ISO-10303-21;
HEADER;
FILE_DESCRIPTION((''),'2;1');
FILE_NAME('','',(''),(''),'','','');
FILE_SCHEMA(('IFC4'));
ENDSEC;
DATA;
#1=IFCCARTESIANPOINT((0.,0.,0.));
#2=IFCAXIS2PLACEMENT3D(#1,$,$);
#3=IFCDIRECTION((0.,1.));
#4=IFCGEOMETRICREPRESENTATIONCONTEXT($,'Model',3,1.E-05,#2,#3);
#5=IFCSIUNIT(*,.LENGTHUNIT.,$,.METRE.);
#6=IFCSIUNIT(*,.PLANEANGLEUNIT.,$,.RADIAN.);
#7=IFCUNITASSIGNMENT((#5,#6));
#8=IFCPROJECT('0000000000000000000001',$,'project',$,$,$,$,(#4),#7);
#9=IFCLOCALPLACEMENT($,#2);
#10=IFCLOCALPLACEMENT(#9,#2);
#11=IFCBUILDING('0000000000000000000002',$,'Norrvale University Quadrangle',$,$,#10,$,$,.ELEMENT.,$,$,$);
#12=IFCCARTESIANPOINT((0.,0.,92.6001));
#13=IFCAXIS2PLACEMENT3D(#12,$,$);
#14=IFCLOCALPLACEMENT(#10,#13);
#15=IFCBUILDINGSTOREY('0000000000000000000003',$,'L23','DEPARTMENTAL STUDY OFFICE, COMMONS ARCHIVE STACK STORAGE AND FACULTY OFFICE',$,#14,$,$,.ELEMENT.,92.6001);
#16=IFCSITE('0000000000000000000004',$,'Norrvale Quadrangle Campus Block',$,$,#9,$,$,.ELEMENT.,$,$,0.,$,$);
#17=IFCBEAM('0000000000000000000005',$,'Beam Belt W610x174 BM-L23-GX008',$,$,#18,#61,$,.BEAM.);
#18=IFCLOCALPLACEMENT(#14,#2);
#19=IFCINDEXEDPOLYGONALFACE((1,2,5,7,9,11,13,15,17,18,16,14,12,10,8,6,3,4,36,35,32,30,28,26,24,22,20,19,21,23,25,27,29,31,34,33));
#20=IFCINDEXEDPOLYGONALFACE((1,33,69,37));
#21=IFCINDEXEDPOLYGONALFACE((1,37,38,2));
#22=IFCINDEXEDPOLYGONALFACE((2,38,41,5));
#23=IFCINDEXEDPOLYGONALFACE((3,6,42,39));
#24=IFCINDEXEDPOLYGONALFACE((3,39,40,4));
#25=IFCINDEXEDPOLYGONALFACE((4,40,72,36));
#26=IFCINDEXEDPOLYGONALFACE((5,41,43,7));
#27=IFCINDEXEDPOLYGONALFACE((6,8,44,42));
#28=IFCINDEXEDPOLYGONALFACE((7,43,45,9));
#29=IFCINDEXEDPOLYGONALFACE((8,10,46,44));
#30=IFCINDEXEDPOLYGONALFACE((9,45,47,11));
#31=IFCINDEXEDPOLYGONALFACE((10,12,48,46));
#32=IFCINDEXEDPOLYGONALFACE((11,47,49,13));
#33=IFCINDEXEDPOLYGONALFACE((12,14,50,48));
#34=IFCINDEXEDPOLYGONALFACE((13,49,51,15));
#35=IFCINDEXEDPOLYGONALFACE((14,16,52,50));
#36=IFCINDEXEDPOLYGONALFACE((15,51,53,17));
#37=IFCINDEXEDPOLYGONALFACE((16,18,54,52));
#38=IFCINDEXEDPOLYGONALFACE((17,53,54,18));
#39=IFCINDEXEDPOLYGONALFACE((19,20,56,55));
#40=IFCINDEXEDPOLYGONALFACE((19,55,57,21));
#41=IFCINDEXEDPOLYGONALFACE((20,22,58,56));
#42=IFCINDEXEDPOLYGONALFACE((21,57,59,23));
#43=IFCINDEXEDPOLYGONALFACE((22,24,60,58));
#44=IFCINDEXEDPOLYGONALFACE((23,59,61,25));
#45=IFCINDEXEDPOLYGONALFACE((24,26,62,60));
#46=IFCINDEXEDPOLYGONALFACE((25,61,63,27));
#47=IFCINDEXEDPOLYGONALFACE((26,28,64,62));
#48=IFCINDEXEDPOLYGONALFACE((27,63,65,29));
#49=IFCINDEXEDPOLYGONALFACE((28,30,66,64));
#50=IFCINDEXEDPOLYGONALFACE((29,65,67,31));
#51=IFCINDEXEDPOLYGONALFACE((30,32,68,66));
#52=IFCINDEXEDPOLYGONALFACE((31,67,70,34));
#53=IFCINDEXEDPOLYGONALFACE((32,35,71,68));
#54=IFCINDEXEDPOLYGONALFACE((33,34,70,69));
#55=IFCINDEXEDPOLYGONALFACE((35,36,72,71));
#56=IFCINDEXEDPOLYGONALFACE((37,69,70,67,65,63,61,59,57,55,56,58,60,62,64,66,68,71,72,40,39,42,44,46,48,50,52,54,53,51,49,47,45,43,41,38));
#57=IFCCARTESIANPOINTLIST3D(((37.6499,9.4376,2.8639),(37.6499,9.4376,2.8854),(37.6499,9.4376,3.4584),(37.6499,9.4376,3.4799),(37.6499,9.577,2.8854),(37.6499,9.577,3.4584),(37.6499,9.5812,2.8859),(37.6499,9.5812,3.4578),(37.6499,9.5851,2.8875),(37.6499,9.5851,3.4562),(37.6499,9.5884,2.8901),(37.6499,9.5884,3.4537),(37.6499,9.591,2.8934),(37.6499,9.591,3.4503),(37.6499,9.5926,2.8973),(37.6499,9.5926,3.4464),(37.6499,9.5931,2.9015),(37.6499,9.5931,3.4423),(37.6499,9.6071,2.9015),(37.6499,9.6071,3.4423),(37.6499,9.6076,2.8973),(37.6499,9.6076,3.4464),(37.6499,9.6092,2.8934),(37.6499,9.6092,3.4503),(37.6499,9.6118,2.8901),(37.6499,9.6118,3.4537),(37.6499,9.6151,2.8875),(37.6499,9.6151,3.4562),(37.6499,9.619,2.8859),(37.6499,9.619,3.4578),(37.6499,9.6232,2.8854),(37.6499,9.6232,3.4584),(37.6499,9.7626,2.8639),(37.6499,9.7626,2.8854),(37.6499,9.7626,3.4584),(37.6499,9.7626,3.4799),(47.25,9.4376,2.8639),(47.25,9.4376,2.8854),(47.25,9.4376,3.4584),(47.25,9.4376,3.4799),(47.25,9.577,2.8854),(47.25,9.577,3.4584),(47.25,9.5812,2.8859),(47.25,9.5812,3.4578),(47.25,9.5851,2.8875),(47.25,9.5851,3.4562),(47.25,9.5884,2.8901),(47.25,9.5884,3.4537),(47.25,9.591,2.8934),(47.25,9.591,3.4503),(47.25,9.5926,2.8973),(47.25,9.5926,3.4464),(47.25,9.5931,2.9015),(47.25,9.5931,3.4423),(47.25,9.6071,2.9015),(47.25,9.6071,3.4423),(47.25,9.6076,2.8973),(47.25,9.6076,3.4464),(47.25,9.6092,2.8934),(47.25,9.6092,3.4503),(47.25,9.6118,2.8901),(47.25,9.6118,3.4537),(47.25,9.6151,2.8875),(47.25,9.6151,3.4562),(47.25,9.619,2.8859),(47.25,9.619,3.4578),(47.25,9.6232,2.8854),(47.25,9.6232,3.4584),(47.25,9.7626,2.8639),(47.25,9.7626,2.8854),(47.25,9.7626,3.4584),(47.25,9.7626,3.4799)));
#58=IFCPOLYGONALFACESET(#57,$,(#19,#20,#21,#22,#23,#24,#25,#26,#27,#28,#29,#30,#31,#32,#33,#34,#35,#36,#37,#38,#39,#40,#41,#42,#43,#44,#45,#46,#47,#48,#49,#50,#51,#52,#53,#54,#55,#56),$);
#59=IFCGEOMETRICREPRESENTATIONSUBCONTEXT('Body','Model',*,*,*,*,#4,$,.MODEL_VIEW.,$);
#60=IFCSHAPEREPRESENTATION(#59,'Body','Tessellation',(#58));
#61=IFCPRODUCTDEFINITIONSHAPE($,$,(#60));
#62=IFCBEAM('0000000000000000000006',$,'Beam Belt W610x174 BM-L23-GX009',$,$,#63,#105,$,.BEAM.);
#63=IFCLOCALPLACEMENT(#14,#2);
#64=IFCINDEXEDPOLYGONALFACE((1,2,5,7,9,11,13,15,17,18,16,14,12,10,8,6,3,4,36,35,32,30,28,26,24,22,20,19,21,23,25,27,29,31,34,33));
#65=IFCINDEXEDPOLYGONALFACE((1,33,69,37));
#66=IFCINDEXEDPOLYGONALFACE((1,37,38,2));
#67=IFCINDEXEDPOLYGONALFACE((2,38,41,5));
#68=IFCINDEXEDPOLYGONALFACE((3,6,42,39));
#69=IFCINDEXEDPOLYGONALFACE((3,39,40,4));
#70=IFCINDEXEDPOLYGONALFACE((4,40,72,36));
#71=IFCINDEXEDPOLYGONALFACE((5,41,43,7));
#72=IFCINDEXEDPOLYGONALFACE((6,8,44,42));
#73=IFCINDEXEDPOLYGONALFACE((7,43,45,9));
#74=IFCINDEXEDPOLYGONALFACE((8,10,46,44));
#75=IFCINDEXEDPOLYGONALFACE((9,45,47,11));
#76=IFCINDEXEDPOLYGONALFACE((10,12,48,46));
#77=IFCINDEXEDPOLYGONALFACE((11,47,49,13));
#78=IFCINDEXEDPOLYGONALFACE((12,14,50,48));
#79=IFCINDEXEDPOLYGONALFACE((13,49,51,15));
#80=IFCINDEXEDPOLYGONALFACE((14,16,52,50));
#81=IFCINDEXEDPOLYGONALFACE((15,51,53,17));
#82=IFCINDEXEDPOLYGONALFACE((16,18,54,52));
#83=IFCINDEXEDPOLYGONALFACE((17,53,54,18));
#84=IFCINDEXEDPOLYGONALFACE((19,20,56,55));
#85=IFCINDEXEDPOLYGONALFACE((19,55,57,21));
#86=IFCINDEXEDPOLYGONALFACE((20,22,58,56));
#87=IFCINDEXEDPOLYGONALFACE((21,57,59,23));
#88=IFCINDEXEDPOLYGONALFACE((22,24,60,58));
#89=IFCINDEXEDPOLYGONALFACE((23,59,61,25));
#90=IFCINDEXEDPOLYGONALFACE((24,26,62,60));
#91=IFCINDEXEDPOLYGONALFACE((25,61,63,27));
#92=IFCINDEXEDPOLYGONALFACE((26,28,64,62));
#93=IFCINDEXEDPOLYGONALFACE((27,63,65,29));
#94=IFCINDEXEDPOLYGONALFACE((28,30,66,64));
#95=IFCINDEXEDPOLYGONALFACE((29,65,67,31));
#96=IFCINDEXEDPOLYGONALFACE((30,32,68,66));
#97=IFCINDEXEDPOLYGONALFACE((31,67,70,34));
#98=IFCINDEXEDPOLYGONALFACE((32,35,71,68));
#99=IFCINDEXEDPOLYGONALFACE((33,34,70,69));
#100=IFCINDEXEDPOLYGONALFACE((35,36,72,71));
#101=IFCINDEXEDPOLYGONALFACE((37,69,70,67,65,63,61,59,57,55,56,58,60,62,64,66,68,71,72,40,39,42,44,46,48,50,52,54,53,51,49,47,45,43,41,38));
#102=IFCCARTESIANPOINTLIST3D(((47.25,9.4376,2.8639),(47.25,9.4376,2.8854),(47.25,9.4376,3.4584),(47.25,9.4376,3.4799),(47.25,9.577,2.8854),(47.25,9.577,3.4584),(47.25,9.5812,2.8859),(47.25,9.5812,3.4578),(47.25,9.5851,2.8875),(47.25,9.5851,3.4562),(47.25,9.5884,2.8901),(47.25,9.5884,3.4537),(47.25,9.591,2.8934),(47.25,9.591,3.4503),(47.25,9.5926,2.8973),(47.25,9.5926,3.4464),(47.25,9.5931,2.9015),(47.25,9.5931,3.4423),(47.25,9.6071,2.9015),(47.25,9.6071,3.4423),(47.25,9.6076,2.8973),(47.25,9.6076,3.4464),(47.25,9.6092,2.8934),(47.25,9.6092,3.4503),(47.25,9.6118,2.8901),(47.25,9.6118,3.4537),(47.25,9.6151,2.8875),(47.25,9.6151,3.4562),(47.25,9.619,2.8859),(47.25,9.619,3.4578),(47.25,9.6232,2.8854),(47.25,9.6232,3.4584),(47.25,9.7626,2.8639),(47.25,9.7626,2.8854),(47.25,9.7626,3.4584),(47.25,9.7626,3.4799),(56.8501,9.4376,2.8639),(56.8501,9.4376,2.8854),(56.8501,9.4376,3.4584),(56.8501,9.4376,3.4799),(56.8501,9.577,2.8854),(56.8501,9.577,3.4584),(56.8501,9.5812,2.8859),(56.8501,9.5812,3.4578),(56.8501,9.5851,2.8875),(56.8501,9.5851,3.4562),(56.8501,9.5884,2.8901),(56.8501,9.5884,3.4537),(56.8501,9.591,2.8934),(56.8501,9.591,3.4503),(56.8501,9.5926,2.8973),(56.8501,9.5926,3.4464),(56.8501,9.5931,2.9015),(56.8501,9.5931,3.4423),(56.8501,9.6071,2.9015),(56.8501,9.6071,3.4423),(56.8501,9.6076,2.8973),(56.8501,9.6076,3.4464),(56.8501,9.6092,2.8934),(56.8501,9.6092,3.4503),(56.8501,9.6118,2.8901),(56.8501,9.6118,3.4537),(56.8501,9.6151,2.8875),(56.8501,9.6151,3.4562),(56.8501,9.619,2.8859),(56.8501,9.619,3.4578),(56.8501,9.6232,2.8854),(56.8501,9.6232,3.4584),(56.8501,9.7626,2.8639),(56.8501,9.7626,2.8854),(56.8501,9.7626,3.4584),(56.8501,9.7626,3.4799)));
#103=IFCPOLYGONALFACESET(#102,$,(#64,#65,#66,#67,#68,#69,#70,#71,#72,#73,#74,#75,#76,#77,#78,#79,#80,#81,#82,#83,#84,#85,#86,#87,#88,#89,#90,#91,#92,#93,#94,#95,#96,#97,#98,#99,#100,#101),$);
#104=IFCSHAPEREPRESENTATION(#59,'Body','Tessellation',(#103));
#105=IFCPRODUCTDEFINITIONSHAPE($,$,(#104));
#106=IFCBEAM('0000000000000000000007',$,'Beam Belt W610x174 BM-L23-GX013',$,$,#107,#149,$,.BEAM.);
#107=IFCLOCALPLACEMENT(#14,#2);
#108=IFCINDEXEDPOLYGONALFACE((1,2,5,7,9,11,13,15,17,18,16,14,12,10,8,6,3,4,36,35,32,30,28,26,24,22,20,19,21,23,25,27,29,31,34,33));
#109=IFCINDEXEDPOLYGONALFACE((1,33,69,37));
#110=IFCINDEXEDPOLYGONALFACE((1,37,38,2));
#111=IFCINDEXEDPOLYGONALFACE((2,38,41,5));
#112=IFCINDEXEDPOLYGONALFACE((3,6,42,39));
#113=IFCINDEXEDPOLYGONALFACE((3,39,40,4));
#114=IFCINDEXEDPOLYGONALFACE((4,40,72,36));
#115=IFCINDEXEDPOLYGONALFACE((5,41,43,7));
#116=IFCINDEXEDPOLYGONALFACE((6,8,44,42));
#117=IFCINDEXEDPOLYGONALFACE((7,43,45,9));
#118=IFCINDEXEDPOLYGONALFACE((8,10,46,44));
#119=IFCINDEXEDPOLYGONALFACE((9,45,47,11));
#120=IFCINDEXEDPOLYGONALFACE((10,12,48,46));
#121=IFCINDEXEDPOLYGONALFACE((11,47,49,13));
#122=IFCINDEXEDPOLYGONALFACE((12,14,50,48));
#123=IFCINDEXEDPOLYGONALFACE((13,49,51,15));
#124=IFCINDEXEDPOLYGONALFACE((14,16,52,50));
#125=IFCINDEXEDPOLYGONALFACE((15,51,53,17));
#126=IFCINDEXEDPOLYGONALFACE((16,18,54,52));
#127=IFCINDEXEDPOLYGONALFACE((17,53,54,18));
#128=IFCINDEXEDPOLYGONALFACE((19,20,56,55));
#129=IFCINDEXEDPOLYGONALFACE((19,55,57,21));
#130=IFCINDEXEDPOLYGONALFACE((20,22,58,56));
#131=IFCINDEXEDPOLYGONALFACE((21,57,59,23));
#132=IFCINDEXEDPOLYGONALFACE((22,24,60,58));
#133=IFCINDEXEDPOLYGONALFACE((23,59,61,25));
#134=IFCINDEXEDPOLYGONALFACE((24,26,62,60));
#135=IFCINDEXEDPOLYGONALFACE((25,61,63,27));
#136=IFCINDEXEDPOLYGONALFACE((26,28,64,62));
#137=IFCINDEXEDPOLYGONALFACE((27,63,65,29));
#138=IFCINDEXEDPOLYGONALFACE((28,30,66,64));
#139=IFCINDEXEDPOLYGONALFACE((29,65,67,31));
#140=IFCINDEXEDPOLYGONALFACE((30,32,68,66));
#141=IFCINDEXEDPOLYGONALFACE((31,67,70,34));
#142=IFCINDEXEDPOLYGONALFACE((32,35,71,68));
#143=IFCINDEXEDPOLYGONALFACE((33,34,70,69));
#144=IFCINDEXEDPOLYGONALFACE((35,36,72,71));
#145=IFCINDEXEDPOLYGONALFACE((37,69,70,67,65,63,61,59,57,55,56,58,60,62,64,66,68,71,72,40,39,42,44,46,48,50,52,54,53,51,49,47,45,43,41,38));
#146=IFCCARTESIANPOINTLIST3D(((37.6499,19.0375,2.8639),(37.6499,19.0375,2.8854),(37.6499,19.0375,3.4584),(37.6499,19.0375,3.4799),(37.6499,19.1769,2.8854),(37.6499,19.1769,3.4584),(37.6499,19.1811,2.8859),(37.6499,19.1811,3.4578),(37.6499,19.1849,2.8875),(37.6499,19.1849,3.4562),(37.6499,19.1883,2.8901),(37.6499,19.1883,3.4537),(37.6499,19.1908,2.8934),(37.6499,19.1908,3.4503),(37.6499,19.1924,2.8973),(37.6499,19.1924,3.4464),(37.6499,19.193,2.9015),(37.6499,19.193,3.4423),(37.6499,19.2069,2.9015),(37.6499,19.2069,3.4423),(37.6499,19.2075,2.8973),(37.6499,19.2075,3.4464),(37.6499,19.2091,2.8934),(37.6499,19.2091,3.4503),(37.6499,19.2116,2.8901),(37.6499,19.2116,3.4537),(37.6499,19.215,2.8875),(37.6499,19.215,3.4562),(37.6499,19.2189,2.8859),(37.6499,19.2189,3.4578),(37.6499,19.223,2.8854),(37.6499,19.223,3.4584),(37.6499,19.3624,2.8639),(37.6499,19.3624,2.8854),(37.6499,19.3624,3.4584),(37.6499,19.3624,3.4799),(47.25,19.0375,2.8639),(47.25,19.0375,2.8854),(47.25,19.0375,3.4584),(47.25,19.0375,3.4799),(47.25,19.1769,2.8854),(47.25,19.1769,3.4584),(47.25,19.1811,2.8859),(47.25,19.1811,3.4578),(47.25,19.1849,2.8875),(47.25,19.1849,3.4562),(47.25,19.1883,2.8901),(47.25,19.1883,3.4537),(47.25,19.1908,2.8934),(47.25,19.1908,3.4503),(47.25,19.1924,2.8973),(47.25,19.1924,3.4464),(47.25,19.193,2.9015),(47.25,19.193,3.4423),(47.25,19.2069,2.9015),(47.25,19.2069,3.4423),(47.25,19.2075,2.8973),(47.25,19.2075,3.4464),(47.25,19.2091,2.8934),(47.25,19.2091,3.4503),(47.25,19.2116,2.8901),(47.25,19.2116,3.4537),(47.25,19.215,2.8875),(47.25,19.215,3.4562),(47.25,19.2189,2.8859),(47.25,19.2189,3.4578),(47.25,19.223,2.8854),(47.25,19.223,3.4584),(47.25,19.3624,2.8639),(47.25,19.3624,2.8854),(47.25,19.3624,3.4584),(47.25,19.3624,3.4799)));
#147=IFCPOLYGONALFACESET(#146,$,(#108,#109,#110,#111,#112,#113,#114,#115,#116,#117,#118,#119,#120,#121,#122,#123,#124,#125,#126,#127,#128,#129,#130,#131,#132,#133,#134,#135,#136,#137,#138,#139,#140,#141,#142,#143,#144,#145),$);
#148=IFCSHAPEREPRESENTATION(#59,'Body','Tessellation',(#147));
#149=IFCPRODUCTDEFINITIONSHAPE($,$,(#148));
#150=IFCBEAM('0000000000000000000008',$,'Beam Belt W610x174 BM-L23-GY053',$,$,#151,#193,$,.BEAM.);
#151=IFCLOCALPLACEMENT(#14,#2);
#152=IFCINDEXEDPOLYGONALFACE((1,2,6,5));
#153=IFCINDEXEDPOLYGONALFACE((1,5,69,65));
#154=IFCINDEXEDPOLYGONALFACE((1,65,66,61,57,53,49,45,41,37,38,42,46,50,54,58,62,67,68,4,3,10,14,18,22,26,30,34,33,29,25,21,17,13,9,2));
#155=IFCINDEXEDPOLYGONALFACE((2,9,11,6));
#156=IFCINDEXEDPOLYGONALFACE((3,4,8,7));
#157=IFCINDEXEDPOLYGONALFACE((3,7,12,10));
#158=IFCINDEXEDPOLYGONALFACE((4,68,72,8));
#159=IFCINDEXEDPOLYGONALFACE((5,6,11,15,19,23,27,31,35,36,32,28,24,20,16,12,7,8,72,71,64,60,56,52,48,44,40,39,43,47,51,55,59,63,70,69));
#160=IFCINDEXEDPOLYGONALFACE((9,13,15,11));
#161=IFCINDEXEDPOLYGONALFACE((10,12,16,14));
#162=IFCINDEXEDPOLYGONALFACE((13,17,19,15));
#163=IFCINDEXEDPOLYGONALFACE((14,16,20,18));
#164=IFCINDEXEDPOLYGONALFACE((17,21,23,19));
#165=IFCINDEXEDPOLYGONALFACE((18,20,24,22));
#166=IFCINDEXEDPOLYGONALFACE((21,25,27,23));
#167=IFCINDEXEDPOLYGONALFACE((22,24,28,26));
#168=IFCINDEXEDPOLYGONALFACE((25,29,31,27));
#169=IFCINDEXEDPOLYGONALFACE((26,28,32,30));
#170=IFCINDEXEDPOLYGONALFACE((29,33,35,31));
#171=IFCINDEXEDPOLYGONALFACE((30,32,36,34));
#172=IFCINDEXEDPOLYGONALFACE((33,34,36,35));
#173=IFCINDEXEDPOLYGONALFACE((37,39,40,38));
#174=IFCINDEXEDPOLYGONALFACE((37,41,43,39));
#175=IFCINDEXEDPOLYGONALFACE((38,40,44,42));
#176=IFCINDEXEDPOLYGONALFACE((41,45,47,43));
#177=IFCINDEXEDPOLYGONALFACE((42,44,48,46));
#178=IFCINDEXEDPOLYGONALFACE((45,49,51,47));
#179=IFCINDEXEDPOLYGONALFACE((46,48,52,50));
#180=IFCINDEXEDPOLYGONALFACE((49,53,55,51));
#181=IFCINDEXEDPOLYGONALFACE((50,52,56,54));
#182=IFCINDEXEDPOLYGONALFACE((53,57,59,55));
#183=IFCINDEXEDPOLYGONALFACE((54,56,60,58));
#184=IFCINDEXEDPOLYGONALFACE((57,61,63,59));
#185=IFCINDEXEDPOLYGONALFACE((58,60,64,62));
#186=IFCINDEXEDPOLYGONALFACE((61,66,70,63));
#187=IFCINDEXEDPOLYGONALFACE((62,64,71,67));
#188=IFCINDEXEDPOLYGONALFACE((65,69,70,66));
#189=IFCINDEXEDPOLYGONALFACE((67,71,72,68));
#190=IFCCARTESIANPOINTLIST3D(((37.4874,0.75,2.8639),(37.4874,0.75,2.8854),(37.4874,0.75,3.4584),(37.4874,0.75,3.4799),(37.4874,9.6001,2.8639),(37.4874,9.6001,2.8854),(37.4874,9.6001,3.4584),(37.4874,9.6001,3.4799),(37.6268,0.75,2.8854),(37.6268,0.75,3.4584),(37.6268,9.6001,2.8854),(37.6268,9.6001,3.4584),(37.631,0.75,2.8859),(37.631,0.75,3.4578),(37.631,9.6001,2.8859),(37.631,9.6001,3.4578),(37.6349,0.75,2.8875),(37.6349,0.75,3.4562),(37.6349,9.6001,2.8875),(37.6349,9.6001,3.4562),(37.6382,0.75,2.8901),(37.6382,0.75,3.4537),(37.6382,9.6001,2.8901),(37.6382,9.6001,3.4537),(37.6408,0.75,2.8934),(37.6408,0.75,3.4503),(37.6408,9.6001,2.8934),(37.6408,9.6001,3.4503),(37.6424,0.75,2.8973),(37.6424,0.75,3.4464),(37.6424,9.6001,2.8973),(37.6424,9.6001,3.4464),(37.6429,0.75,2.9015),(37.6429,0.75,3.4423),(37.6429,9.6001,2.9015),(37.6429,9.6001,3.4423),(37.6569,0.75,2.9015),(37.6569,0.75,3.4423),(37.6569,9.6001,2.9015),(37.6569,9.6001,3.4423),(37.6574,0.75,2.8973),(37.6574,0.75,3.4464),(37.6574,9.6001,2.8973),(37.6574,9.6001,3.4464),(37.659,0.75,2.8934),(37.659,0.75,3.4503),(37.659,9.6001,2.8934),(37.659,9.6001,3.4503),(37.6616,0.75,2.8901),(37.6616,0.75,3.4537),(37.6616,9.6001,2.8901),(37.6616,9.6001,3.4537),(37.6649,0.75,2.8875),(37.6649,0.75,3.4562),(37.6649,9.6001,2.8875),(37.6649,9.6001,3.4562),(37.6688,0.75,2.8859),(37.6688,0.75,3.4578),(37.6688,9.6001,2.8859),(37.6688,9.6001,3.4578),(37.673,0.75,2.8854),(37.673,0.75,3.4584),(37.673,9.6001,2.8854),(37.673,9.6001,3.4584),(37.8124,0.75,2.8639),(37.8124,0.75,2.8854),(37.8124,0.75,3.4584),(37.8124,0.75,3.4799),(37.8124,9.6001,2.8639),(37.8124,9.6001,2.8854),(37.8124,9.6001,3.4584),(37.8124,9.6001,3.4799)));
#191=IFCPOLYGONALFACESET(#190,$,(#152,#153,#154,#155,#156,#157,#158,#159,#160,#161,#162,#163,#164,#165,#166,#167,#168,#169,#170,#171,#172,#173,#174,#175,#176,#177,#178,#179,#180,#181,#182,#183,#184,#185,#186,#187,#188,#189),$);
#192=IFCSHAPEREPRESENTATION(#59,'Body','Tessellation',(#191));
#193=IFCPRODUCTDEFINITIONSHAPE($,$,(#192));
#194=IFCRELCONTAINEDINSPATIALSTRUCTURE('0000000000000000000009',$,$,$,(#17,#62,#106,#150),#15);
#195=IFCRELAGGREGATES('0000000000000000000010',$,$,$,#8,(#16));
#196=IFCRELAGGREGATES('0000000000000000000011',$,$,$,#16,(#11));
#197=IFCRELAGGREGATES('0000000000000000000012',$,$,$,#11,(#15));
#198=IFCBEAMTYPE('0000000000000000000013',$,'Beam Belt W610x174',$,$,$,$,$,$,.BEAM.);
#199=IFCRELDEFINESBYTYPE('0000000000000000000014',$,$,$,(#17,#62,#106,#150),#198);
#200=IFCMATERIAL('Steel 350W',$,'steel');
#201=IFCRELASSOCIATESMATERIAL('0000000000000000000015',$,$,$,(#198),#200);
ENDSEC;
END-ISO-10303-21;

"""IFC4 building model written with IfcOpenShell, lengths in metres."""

from ifc_helpers import new_model, si_unit, direction, frame, origin, origin_2d, place, context, subcontext, project, spatial, i_section, extrude, material, material_profile, profile_set, type_object, element, save


model = new_model("IFC4")

# Units and contexts
model_context = context("Model", 3, precision=1e-05, world=origin(), true_north=direction((0.0, 1.0)))
body_context = subcontext(model_context, "Body", "Model", "MODEL_VIEW")
ifc_project = project(units=[si_unit("LENGTHUNIT", "METRE"), si_unit("PLANEANGLEUNIT", "RADIAN")], contexts=[model_context])

# Site, building, storey
site_placement = place(None, origin())
site = spatial("IfcSite", under=ifc_project, at=site_placement, Name="Norrvale Quadrangle Campus Block", CompositionType="ELEMENT", RefElevation=0.0)
building_placement = place(site_placement, origin())
building = spatial("IfcBuilding", under=site, at=building_placement, Name="Norrvale University Quadrangle", CompositionType="ELEMENT")
storey_placement = place(building_placement, frame((0.0, 0.0, 92.6001)))
storey = spatial("IfcBuildingStorey", under=building, at=storey_placement, Name="L23", Description="DEPARTMENTAL STUDY OFFICE, COMMONS ARCHIVE STACK STORAGE AND FACULTY OFFICE", CompositionType="ELEMENT", Elevation=92.6001)

# Beams
ifc_material_1 = material(Name="Steel 350W", Category="steel")
ifc_material_profile_1 = material_profile(ifc_material_1, i_section(OverallWidth=0.325, OverallDepth=0.616, WebThickness=0.0139, FlangeThickness=0.0215, FilletRadius=0.0161, at=origin_2d()), Name="Steel 350W")
ifc_profile_set_1 = profile_set([ifc_material_profile_1], Name="Steel 350W")
beam_type_1 = type_object("IfcBeamType", Name="Beam Belt W610x174", PredefinedType="BEAM", material=ifc_profile_set_1)
for number, where, z_axis, x_axis, name in (
    (1, (37.6499, 9.6001, 3.1719), (1.0, 0.0, 0.0), (0.0, 1.0, 0.0), "Beam Belt W610x174 BM-L23-GX008"),
    (2, (47.25, 9.6001, 3.1719), (1.0, 0.0, 0.0), (0.0, 1.0, 0.0), "Beam Belt W610x174 BM-L23-GX009"),
    (3, (37.6499, 19.2, 3.1719), (1.0, 0.0, 0.0), (0.0, 1.0, 0.0), "Beam Belt W610x174 BM-L23-GX013"),
):
    element("IfcBeam", number, at=place(storey_placement, frame(where, z_axis=z_axis, x_axis=x_axis)), inside=storey, type_object=beam_type_1, Name=name, PredefinedType="BEAM", context=body_context, shape_type="SweptSolid", body=[
        extrude(i_section(OverallWidth=0.325, OverallDepth=0.616, WebThickness=0.0139, FlangeThickness=0.0215, FilletRadius=0.0161, at=origin_2d()), origin(), (0.0, 0.0, 1.0), 9.6001),
    ])
beam_1_placement = place(storey_placement, frame((37.6499, 0.75, 3.1719), z_axis=(0.0, 1.0, 0.0), x_axis=(-1.0, 0.0, 0.0)))
element("IfcBeam", 4, at=beam_1_placement, inside=storey, type_object=beam_type_1, Name="Beam Belt W610x174 BM-L23-GY053", PredefinedType="BEAM", context=body_context, shape_type="SweptSolid", body=[
    extrude(i_section(OverallWidth=0.325, OverallDepth=0.616, WebThickness=0.0139, FlangeThickness=0.0215, FilletRadius=0.0161, at=origin_2d()), origin(), (0.0, 0.0, 1.0), 8.8501),
])

save(model, "model.ifc")
